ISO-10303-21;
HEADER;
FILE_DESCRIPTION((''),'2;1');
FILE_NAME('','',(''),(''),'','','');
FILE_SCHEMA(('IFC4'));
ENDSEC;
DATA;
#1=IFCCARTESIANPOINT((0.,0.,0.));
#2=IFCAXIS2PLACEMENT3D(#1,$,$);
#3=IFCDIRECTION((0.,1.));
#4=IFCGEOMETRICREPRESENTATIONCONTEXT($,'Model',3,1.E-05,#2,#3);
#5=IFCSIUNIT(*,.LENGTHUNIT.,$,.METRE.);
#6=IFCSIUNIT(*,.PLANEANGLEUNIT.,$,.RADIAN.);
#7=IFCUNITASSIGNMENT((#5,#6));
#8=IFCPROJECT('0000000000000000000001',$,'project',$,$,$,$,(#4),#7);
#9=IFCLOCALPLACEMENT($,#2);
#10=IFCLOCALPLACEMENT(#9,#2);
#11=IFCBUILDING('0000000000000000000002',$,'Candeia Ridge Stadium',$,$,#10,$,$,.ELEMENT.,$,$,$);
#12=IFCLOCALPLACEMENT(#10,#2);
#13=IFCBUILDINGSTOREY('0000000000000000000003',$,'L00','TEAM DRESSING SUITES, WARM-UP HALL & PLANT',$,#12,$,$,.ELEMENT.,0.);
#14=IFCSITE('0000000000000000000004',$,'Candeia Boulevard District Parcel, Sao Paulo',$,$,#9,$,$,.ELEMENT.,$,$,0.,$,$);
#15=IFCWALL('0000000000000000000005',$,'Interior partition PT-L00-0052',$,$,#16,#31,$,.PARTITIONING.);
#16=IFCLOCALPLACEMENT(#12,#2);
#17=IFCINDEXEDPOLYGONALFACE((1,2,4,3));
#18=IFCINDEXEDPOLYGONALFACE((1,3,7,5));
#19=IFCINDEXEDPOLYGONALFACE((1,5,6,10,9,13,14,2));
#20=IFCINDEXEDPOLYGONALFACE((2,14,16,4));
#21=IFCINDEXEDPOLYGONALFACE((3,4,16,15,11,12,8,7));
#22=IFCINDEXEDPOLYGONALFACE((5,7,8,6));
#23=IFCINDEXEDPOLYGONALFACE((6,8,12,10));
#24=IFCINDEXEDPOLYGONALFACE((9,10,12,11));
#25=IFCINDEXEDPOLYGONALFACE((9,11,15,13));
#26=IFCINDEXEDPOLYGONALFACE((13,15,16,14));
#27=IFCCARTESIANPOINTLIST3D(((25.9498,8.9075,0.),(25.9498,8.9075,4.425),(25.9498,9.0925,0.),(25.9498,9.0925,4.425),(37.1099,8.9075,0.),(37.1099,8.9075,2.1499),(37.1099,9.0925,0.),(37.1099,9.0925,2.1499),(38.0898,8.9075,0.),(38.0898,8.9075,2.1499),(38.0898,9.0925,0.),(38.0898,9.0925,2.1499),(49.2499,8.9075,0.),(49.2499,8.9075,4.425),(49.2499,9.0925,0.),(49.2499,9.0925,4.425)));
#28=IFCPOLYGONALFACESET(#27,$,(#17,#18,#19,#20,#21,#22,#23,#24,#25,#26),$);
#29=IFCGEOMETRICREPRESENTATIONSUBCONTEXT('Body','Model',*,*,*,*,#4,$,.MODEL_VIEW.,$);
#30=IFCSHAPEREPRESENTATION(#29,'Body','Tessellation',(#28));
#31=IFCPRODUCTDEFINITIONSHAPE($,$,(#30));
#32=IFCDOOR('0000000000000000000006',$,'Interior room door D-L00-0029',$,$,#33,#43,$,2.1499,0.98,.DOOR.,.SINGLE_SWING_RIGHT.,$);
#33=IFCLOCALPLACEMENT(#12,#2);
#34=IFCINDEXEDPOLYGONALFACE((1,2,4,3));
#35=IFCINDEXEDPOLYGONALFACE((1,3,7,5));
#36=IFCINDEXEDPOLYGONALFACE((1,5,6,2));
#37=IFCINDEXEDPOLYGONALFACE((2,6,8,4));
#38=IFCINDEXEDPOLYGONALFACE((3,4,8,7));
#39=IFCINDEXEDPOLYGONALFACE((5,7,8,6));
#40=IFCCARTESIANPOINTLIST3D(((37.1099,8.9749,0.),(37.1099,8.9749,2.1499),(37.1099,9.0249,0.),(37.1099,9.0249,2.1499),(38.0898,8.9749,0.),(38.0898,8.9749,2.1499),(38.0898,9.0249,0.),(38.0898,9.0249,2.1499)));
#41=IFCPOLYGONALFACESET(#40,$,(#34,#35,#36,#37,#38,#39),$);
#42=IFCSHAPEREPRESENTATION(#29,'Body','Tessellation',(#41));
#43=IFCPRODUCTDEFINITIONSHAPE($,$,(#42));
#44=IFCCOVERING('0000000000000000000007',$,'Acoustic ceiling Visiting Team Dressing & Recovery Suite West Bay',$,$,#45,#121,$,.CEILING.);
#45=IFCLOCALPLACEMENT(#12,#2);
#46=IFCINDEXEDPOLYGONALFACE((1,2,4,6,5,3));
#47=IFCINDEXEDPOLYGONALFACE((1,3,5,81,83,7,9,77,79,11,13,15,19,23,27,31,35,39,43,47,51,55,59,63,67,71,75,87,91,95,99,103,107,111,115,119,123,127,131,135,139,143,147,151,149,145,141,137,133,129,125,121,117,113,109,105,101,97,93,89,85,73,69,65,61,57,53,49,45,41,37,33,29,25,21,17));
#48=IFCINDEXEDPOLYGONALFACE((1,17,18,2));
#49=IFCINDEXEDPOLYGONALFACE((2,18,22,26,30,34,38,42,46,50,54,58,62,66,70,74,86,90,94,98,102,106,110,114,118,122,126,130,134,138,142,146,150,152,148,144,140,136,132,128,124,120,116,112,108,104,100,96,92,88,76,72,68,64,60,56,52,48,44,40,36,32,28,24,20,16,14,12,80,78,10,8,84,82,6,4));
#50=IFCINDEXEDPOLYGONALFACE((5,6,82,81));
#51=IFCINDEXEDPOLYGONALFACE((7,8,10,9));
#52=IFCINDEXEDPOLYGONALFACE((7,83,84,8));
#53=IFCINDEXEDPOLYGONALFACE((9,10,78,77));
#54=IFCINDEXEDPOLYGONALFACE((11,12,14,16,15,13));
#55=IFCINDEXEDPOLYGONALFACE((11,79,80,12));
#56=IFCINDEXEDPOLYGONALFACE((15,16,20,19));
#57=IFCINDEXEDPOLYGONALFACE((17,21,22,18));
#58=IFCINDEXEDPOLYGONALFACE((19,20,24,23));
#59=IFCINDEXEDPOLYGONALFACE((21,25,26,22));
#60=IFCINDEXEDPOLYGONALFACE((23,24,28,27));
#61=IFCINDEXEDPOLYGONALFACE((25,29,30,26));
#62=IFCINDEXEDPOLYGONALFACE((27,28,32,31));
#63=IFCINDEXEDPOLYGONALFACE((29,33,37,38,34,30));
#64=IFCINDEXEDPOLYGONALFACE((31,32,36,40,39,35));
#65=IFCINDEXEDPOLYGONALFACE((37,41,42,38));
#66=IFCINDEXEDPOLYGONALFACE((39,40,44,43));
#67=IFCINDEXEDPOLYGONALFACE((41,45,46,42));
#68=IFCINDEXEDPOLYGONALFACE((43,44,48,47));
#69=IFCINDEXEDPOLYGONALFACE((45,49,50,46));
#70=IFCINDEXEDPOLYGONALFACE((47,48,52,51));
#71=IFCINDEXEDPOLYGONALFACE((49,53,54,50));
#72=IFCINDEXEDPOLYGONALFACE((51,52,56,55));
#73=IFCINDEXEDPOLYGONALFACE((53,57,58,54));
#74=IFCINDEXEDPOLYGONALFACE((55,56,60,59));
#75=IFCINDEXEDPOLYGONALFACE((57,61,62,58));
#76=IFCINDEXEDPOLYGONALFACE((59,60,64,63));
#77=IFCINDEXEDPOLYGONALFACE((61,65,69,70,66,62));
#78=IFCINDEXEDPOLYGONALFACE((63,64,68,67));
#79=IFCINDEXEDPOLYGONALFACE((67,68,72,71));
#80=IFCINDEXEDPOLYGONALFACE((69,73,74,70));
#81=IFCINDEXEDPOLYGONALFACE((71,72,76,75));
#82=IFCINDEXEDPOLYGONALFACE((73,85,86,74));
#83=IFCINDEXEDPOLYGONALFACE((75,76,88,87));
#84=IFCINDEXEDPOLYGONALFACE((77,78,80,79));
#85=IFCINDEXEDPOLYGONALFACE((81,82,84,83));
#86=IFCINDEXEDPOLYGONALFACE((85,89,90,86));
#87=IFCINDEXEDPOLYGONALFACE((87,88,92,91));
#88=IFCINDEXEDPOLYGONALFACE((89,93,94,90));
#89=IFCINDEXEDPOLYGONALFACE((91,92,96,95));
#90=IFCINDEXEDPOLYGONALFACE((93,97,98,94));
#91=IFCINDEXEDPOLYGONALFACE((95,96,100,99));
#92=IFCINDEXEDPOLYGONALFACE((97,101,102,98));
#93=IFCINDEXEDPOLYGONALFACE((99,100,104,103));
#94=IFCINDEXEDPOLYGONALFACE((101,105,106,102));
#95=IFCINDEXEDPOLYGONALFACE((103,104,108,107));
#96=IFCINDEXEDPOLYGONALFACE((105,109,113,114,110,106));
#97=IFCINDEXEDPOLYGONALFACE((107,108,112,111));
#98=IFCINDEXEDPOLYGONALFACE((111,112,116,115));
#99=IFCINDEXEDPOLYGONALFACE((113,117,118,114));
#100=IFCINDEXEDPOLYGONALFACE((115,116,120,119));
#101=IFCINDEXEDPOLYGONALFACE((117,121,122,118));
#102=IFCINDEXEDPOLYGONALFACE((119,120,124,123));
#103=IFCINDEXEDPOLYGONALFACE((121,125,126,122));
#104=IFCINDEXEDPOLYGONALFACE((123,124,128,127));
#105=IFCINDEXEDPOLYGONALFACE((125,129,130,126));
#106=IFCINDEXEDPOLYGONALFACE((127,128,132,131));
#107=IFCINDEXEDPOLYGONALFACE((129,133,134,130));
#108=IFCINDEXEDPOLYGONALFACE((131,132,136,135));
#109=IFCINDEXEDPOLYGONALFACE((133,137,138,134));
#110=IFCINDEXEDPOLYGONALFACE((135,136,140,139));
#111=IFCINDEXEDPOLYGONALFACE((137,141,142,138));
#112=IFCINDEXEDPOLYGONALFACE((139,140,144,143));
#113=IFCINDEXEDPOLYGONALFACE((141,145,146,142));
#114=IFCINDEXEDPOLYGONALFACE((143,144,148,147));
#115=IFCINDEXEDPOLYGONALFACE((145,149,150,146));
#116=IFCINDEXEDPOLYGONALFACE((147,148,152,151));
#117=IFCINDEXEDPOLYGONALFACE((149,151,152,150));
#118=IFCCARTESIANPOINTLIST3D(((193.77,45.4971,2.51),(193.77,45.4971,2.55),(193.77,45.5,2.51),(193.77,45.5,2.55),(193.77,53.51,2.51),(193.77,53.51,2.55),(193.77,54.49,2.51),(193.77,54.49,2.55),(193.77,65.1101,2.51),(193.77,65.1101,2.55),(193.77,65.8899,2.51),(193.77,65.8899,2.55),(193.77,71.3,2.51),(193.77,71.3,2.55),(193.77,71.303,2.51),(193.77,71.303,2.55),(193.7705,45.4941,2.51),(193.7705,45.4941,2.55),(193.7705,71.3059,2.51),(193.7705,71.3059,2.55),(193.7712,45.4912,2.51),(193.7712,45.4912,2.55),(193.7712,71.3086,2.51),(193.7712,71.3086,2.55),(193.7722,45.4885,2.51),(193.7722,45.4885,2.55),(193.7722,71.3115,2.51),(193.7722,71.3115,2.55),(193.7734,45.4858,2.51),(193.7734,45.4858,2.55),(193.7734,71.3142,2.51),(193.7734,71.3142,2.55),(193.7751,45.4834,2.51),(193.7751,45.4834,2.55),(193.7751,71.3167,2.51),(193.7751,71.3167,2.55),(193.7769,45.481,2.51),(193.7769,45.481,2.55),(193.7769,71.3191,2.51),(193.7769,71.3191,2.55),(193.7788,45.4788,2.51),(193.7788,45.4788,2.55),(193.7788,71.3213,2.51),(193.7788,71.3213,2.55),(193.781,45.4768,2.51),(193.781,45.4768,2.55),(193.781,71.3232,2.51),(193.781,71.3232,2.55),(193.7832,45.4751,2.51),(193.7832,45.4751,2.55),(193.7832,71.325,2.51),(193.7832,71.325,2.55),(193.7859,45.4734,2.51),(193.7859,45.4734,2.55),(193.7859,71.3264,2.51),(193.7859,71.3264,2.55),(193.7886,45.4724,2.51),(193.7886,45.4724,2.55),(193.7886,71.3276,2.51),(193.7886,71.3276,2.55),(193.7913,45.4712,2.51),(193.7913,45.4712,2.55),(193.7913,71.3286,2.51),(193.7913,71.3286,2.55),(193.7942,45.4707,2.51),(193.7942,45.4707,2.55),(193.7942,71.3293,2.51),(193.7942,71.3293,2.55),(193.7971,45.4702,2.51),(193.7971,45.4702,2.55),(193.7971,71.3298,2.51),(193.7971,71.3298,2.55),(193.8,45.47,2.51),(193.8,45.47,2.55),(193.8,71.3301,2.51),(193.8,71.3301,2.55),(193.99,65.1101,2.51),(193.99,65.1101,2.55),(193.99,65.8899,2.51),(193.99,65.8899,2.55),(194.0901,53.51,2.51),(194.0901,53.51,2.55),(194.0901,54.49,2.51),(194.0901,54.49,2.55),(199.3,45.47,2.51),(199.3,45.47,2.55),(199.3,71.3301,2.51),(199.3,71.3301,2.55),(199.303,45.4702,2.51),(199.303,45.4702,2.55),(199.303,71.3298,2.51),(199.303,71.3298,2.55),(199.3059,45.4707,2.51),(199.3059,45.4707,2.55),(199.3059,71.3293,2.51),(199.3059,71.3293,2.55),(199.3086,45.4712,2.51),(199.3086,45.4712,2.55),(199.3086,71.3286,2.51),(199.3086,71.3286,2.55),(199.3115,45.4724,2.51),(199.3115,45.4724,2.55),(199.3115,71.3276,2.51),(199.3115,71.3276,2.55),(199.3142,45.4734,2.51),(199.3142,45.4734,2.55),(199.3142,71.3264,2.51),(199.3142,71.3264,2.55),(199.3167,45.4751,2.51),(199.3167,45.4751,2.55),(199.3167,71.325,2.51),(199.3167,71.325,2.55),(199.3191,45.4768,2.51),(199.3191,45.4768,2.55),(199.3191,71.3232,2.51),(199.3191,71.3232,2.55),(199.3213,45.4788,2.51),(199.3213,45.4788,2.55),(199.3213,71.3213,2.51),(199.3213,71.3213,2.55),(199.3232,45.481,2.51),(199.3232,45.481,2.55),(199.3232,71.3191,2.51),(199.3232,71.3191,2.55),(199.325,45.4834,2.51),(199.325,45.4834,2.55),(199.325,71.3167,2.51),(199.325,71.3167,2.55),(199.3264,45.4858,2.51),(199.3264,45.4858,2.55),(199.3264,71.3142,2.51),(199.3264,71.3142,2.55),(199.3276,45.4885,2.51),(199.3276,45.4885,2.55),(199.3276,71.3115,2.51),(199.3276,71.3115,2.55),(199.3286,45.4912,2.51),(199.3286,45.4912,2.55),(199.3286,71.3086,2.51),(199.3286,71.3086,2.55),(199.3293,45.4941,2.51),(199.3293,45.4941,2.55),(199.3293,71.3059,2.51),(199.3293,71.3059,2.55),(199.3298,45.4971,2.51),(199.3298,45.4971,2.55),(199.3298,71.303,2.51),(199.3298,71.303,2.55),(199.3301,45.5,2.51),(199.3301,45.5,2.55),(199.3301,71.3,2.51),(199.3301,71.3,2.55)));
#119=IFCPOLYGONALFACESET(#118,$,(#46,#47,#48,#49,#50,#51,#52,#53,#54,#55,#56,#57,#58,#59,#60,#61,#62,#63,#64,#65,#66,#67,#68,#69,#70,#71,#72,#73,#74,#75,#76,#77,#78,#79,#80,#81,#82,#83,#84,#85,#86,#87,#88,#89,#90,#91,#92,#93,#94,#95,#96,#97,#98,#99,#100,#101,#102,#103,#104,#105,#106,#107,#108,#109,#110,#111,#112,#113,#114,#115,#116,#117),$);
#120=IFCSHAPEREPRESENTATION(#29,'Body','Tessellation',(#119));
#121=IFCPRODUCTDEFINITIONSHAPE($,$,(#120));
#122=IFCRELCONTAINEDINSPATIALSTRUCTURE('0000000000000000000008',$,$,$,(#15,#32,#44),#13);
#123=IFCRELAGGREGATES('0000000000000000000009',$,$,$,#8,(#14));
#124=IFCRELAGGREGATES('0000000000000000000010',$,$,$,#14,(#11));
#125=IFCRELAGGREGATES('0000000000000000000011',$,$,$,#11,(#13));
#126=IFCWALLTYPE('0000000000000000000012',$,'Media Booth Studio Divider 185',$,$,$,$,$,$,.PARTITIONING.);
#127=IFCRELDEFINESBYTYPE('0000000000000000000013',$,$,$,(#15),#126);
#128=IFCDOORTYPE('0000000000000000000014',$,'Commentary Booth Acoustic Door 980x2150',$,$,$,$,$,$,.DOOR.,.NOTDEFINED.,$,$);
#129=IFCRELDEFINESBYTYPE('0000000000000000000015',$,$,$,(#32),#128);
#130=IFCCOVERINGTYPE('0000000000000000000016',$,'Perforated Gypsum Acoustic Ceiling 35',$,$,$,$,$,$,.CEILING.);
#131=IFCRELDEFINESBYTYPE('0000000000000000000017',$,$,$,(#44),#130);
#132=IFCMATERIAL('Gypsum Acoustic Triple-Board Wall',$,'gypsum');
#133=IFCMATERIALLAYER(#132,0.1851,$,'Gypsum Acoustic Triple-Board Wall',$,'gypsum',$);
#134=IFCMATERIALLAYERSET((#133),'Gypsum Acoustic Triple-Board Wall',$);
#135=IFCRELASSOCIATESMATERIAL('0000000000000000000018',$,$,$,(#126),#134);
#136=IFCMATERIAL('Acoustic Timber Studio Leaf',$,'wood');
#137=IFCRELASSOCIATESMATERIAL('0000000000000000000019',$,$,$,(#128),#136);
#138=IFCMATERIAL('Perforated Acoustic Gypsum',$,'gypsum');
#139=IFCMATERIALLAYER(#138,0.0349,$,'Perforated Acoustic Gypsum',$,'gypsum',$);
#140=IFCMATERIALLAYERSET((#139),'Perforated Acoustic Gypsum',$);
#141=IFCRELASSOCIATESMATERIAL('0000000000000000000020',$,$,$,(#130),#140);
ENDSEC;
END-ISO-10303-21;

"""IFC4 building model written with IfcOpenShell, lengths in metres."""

from ifc_helpers import new_model, si_unit, direction, frame, frame_2d, origin, place, context, subcontext, project, spatial, polyline, rectangle, outline, extrude, material, layer, layer_set, type_object, element, fill, save


model = new_model("IFC4")

# Units and contexts
model_context = context("Model", 3, precision=1e-05, world=origin(), true_north=direction((0.0, 1.0)))
body_context = subcontext(model_context, "Body", "Model", "MODEL_VIEW")
ifc_project = project(units=[si_unit("LENGTHUNIT", "METRE"), si_unit("PLANEANGLEUNIT", "RADIAN")], contexts=[model_context])

# Site, building, storey
site_placement = place(None, origin())
site = spatial("IfcSite", under=ifc_project, at=site_placement, Name="Candeia Boulevard District Parcel, Sao Paulo", CompositionType="ELEMENT", RefElevation=0.0)
building_placement = place(site_placement, origin())
building = spatial("IfcBuilding", under=site, at=building_placement, Name="Candeia Ridge Stadium", CompositionType="ELEMENT")
storey_placement = place(building_placement, origin())
storey = spatial("IfcBuildingStorey", under=building, at=storey_placement, Name="L00", Description="TEAM DRESSING SUITES, WARM-UP HALL & PLANT", CompositionType="ELEMENT", Elevation=0.0)

# Wall, opening, door
ifc_material_1 = material(Name="Gypsum Acoustic Triple-Board Wall", Category="gypsum")
ifc_layer_1 = layer(ifc_material_1, 0.1851, Name="Gypsum Acoustic Triple-Board Wall", Category="gypsum")
ifc_layer_set_1 = layer_set([ifc_layer_1], Name="Gypsum Acoustic Triple-Board Wall")
wall_type_1 = type_object("IfcWallType", Name="Media Booth Studio Divider 185", PredefinedType="PARTITIONING", material=ifc_layer_set_1)
wall_1_placement = place(storey_placement, frame((25.95, 9.0, 0.0), z_axis=(0.0, 0.0, 1.0), x_axis=(1.0, 0.0, 0.0)))
wall_1 = element("IfcWall", 1, at=wall_1_placement, inside=storey, type_object=wall_type_1, Name="Interior partition PT-L00-0052", PredefinedType="PARTITIONING", context=body_context, shape_type="SweptSolid", body=[
    extrude(rectangle(XDim=23.3, YDim=0.1851, at=frame_2d((11.6499, 0.0))), origin(), (0.0, 0.0, 1.0), 4.425),
])
opening_1_placement = place(wall_1_placement, frame((11.1599, 0.0, 0.0)))
opening_1 = element("IfcOpeningElement", 2, at=opening_1_placement, cuts=wall_1, PredefinedType="OPENING", context=body_context, shape_type="SweptSolid", body=[
    extrude(rectangle(XDim=0.98, YDim=2.1499, at=frame_2d((0.49, 1.075))), frame((0.0, 0.1025, 0.0), z_axis=(0.0, -1.0, 0.0), x_axis=(1.0, 0.0, 0.0)), (0.0, 0.0, 1.0), 0.2051),
])
ifc_material_2 = material(Name="Acoustic Timber Studio Leaf", Category="wood")
door_type_1 = type_object("IfcDoorType", Name="Commentary Booth Acoustic Door 980x2150", OperationType="NOTDEFINED", PredefinedType="DOOR", material=ifc_material_2)
door_1_placement = place(opening_1_placement, origin())
door_1 = element("IfcDoor", 3, at=door_1_placement, inside=storey, type_object=door_type_1, Name="Interior room door D-L00-0029", OperationType="SINGLE_SWING_RIGHT", OverallHeight=2.1499, OverallWidth=0.98, PredefinedType="DOOR", context=body_context, shape_type="SweptSolid", body=[
    extrude(rectangle(XDim=0.98, YDim=2.1499, at=frame_2d((0.49, 1.075))), frame((0.0, 0.0249, 0.0), z_axis=(0.0, -1.0, 0.0), x_axis=(1.0, 0.0, 0.0)), (0.0, 0.0, 1.0), 0.05),
])
fill(opening_1, door_1)

# Covering
ifc_material_3 = material(Name="Perforated Acoustic Gypsum", Category="gypsum")
ifc_layer_2 = layer(ifc_material_3, 0.0349, Name="Perforated Acoustic Gypsum", Category="gypsum")
ifc_layer_set_2 = layer_set([ifc_layer_2], Name="Perforated Acoustic Gypsum")
covering_type_1 = type_object("IfcCoveringType", Name="Perforated Gypsum Acoustic Ceiling 35", PredefinedType="CEILING", material=ifc_layer_set_2)
covering_1_placement = place(storey_placement, frame((0.0, 0.0, 2.51)))
element("IfcCovering", 4, at=covering_1_placement, inside=storey, type_object=covering_type_1, Name="Acoustic ceiling Visiting Team Dressing & Recovery Suite West Bay", PredefinedType="CEILING", context=body_context, shape_type="SweptSolid", body=[
    extrude(outline(polyline([(193.7942, 45.4707), (193.7913, 45.4712), (193.7886, 45.4724), (193.7859, 45.4734), (193.7832, 45.4751), (193.781, 45.4768), (193.7788, 45.4788), (193.7769, 45.481), (193.7751, 45.4834), (193.7734, 45.4858), (193.7722, 45.4885), (193.7712, 45.4912), (193.7705, 45.4941), (193.77, 45.4971), (193.77, 45.5), (193.77, 53.51), (194.0901, 53.51), (194.0901, 54.49), (193.77, 54.49), (193.77, 65.1101), (193.99, 65.1101), (193.99, 65.8899), (193.77, 65.8899), (193.77, 71.3), (193.77, 71.303), (193.7705, 71.3059), (193.7712, 71.3086), (193.7722, 71.3115), (193.7734, 71.3142), (193.7751, 71.3167), (193.7769, 71.3191), (193.7788, 71.3213), (193.781, 71.3232), (193.7832, 71.325), (193.7859, 71.3264), (193.7886, 71.3276), (193.7913, 71.3286), (193.7942, 71.3293), (193.7971, 71.3298), (193.8, 71.3301), (199.3, 71.3301), (199.303, 71.3298), (199.3059, 71.3293), (199.3086, 71.3286), (199.3115, 71.3276), (199.3142, 71.3264), (199.3167, 71.325), (199.3191, 71.3232), (199.3213, 71.3213), (199.3232, 71.3191), (199.325, 71.3167), (199.3264, 71.3142), (199.3276, 71.3115), (199.3286, 71.3086), (199.3293, 71.3059), (199.3298, 71.303), (199.3301, 71.3), (199.3301, 45.5), (199.3298, 45.4971), (199.3293, 45.4941), (199.3286, 45.4912), (199.3276, 45.4885), (199.3264, 45.4858), (199.325, 45.4834), (199.3232, 45.481), (199.3213, 45.4788), (199.3191, 45.4768), (199.3167, 45.4751), (199.3142, 45.4734), (199.3115, 45.4724), (199.3086, 45.4712), (199.3059, 45.4707), (199.303, 45.4702), (199.3, 45.47), (193.8, 45.47), (193.7971, 45.4702), (193.7942, 45.4707)])), origin(), (0.0, 0.0, 1.0), 0.04),
])

save(model, "model.ifc")
